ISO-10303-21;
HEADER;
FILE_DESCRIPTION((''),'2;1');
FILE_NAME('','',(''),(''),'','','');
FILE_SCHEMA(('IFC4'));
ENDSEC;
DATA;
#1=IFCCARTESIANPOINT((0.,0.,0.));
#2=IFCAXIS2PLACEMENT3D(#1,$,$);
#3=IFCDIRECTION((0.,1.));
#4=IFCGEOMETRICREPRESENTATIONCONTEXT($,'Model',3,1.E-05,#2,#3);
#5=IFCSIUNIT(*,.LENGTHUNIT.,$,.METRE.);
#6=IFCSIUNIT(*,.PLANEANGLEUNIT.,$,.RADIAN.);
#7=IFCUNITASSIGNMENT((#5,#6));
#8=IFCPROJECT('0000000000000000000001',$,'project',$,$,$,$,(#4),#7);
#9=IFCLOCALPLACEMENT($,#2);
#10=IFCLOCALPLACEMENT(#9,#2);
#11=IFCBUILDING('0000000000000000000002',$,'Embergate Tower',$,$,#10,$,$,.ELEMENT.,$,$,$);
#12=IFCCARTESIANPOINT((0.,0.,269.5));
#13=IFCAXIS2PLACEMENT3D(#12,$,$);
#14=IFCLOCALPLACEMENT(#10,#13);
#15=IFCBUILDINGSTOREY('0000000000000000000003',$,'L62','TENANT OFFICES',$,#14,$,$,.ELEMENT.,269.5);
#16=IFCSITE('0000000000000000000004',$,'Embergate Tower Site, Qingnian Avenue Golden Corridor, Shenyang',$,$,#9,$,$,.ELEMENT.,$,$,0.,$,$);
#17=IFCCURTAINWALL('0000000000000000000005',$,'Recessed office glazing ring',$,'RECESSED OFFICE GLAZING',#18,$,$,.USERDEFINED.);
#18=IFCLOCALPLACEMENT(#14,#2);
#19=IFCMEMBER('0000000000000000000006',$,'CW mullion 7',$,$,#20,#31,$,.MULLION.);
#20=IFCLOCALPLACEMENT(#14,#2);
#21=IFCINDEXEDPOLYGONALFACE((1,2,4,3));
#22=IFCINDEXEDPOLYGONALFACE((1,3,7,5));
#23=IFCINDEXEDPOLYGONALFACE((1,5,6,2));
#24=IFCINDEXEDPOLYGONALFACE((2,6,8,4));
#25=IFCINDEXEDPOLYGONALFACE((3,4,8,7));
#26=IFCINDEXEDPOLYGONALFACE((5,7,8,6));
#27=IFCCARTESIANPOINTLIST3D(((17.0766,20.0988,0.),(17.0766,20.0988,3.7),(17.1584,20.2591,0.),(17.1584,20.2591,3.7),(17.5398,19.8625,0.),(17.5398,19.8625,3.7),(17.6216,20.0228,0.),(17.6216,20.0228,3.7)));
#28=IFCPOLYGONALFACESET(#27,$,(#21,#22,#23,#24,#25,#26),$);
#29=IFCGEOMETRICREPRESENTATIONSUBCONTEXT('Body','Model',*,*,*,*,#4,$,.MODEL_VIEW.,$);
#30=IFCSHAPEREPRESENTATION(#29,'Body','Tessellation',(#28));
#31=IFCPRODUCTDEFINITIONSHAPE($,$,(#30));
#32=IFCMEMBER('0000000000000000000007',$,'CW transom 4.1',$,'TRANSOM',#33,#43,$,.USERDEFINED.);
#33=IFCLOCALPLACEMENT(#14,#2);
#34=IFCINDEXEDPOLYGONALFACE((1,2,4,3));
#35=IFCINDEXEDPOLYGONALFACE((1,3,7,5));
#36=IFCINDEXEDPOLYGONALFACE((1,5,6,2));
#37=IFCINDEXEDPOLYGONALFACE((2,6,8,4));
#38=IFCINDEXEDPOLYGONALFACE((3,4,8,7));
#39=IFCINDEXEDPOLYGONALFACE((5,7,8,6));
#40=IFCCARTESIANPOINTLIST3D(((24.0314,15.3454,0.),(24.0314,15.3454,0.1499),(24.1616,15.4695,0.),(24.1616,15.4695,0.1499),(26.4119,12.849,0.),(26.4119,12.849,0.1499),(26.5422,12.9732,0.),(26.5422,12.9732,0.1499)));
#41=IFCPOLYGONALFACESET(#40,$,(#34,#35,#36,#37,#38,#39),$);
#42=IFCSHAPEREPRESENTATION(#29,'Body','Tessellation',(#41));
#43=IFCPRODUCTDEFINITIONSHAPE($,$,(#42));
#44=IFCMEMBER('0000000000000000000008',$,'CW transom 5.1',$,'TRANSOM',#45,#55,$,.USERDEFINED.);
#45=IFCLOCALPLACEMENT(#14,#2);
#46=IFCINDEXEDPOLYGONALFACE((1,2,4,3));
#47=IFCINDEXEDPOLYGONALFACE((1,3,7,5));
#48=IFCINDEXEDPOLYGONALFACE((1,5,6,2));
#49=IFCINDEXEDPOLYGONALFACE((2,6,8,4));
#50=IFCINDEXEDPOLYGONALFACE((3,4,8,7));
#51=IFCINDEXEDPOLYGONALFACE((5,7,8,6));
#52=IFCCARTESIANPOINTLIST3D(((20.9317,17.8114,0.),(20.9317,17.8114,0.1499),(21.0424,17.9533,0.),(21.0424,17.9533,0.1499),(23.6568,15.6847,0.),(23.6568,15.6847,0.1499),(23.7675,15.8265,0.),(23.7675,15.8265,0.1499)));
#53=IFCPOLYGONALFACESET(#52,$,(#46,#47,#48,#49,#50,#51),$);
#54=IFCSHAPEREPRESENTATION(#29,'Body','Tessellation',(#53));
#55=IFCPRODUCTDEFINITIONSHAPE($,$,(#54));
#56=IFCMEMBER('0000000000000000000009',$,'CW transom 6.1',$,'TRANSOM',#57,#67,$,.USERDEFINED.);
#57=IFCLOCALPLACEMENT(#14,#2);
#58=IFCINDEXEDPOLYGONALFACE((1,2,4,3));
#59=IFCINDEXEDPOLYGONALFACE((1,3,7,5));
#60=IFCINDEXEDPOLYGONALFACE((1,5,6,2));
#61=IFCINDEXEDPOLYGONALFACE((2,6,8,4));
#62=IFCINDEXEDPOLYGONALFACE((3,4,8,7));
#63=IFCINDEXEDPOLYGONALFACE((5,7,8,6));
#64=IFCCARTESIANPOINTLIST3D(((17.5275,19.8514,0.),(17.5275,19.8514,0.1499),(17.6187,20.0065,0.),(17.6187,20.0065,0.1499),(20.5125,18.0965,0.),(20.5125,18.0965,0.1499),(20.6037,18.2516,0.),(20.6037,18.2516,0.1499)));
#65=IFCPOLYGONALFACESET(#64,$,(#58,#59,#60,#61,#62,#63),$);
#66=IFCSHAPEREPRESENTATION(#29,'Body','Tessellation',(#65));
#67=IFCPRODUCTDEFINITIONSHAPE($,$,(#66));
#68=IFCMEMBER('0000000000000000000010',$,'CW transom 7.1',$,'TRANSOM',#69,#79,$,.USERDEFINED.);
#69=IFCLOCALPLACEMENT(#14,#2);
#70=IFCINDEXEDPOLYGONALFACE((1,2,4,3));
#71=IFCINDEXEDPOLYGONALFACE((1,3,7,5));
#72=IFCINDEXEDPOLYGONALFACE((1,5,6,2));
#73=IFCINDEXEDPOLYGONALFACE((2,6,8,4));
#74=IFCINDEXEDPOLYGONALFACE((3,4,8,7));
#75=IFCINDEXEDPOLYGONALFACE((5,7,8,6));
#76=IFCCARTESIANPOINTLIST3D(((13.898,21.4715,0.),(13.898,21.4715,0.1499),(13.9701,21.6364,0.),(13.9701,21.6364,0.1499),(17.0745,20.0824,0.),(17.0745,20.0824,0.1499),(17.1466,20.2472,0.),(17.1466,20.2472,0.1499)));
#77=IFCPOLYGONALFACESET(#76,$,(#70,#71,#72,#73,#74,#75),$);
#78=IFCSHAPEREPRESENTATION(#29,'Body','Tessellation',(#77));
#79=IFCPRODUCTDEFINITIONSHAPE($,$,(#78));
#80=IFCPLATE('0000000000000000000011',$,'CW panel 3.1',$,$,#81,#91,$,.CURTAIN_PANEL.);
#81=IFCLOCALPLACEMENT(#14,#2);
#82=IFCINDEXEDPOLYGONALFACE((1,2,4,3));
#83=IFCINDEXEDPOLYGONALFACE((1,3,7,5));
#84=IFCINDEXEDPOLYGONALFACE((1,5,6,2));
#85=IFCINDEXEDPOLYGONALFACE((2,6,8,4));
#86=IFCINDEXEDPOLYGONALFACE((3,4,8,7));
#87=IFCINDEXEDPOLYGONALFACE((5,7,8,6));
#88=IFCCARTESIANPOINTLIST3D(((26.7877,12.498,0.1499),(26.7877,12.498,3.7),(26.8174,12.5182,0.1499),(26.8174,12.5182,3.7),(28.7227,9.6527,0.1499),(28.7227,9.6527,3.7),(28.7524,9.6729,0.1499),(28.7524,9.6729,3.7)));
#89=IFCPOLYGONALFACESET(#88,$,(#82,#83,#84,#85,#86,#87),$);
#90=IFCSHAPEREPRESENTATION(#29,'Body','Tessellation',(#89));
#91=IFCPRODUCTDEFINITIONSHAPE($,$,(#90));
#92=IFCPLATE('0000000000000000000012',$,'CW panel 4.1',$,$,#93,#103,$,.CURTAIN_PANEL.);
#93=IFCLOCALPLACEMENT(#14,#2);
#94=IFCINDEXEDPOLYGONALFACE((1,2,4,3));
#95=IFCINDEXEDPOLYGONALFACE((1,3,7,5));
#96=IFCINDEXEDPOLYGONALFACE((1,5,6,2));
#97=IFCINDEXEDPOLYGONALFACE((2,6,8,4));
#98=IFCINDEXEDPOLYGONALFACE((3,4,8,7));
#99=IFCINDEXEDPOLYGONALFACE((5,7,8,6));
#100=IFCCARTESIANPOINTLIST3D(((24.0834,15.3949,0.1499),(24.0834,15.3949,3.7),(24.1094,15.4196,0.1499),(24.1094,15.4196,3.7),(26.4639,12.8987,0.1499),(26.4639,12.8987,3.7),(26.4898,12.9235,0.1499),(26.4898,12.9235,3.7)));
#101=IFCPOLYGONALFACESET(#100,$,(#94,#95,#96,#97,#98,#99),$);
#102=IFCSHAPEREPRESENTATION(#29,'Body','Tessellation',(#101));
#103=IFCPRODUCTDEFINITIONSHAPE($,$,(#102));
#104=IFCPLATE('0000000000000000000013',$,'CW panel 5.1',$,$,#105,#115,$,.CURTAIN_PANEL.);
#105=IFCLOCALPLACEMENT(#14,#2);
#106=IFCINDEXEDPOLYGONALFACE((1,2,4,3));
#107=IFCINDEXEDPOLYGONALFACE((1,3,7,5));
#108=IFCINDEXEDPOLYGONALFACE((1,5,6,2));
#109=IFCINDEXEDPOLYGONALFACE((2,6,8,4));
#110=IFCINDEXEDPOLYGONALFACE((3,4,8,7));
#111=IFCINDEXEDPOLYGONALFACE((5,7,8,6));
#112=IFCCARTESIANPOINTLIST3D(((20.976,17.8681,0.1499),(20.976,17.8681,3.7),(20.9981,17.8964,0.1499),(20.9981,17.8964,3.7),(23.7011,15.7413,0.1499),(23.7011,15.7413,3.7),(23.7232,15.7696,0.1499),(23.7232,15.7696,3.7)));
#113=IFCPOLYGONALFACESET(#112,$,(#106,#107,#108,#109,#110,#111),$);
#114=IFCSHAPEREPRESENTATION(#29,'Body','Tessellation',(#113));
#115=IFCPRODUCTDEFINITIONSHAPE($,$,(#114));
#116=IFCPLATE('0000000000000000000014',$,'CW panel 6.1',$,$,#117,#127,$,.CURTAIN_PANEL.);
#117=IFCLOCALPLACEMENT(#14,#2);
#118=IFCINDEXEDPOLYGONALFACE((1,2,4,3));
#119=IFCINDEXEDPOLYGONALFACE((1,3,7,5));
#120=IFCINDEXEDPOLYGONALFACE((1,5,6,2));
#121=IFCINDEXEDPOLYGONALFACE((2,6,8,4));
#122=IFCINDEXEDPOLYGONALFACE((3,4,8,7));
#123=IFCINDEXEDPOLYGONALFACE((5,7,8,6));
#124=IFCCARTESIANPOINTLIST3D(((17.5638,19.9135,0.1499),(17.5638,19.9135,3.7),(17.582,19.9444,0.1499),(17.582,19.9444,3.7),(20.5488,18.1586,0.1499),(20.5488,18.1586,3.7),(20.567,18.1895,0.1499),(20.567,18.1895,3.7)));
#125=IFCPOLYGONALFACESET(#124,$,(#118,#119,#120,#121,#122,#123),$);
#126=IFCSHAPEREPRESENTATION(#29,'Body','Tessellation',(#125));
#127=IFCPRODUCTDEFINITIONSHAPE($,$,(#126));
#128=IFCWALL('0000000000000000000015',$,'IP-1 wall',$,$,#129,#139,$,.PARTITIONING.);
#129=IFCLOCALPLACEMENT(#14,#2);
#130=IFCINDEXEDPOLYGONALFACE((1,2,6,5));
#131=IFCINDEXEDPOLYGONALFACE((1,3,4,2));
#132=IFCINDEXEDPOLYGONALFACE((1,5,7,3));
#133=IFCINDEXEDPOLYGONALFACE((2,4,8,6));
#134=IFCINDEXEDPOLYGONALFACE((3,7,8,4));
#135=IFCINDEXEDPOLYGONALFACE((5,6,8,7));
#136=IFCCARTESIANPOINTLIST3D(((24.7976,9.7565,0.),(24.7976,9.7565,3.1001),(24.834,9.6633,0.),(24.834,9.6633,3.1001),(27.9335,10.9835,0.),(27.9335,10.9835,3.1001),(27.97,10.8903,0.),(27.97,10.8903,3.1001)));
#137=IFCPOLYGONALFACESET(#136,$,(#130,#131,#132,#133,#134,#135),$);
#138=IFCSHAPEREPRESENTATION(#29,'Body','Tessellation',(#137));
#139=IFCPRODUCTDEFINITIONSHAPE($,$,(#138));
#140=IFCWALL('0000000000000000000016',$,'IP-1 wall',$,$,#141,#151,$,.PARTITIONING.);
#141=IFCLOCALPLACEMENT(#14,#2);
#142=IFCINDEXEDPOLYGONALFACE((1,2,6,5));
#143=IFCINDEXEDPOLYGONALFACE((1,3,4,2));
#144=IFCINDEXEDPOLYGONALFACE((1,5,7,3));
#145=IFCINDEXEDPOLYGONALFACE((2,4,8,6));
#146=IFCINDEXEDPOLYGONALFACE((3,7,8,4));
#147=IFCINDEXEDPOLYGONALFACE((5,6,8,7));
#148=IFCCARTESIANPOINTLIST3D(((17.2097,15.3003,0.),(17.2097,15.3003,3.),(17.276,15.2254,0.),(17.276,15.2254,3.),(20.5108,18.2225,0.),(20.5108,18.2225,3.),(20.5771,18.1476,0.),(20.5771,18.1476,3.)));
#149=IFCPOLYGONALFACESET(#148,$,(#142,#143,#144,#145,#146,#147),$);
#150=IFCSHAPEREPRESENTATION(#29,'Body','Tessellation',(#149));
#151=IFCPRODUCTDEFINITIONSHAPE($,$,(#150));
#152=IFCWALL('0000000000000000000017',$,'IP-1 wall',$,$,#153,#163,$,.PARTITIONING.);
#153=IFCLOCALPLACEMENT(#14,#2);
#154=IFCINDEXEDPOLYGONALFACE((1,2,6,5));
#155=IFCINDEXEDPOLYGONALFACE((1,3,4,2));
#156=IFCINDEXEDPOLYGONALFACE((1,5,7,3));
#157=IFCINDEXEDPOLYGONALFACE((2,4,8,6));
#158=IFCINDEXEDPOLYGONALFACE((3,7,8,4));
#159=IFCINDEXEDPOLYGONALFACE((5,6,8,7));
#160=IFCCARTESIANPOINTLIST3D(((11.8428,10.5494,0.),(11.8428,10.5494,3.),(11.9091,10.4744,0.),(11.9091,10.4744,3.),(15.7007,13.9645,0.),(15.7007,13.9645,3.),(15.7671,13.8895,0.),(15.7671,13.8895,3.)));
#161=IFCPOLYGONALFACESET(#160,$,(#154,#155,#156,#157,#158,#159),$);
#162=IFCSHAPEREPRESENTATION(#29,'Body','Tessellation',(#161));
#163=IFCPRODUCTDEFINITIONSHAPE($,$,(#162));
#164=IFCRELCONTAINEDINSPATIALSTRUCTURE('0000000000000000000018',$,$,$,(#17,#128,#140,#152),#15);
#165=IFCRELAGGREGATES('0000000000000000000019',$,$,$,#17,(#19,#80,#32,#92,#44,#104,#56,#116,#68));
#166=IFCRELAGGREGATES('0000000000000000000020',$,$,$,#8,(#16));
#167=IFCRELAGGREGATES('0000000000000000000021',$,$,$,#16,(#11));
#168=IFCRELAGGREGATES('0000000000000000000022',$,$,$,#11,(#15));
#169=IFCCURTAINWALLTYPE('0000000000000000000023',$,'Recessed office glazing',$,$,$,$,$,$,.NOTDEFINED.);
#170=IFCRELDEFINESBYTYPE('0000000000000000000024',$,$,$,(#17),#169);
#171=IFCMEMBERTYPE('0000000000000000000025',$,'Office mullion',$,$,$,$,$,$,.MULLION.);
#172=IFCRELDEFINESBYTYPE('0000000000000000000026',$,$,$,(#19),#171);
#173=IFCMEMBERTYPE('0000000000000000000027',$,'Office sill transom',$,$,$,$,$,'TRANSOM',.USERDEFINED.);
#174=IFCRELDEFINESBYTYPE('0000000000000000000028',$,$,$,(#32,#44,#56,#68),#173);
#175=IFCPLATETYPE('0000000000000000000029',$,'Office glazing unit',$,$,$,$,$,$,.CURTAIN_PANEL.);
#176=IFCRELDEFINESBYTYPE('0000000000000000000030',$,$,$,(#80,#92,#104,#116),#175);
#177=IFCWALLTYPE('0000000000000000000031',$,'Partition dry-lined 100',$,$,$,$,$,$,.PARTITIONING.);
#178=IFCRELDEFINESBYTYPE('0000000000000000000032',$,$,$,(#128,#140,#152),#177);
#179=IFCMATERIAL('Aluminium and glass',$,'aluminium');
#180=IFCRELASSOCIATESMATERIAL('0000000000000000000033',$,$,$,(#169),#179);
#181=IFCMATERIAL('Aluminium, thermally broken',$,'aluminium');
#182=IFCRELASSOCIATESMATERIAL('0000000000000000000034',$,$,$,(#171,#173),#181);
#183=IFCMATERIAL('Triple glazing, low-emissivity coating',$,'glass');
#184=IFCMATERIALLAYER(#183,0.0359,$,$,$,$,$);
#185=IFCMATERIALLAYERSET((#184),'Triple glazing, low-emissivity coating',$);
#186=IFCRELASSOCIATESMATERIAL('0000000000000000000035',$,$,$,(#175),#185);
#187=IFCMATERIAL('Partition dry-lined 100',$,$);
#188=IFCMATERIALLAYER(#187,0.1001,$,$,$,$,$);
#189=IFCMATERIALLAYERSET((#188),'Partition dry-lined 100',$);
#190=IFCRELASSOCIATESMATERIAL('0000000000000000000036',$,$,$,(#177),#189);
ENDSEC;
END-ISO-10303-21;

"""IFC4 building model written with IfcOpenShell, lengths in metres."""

from ifc_helpers import new_model, si_unit, direction, frame, frame_2d, origin, origin_2d, place, context, subcontext, project, spatial, rectangle, extrude, source, transform, mapped, material, layer, layer_set, material_profile, profile_set, type_object, element, aggregate, save


model = new_model("IFC4")

# Units and contexts
model_context = context("Model", 3, precision=1e-05, world=origin(), true_north=direction((0.0, 1.0)))
body_context = subcontext(model_context, "Body", "Model", "MODEL_VIEW")
ifc_project = project(units=[si_unit("LENGTHUNIT", "METRE"), si_unit("PLANEANGLEUNIT", "RADIAN")], contexts=[model_context])

# Site, building, storey
site_placement = place(None, origin())
site = spatial("IfcSite", under=ifc_project, at=site_placement, Name="Embergate Tower Site, Qingnian Avenue Golden Corridor, Shenyang", CompositionType="ELEMENT", RefElevation=0.0)
building_placement = place(site_placement, origin())
building = spatial("IfcBuilding", under=site, at=building_placement, Name="Embergate Tower", CompositionType="ELEMENT")
storey_placement = place(building_placement, frame((0.0, 0.0, 269.5)))
storey = spatial("IfcBuildingStorey", under=building, at=storey_placement, Name="L62", Description="TENANT OFFICES", CompositionType="ELEMENT", Elevation=269.5)

# Curtain wall, members, plates
ifc_material_1 = material(Name="Aluminium and glass", Category="aluminium")
curtain_wall_type = type_object("IfcCurtainWallType", Name="Recessed office glazing", PredefinedType="NOTDEFINED", material=ifc_material_1)
curtain_wall_placement = place(storey_placement, origin())
curtain_wall = element("IfcCurtainWall", 1, at=curtain_wall_placement, inside=storey, type_object=curtain_wall_type, Name="Recessed office glazing ring", ObjectType="RECESSED OFFICE GLAZING", PredefinedType="USERDEFINED")
ifc_material_2 = material(Name="Aluminium, thermally broken", Category="aluminium")
ifc_material_profile_1 = material_profile(ifc_material_2, rectangle(XDim=0.1799, YDim=0.52, at=origin_2d()), Name="AL 520x180")
ifc_profile_set_1 = profile_set([ifc_material_profile_1], Name="Aluminium, thermally broken")
member_type_1 = type_object("IfcMemberType", Name="Office mullion", PredefinedType="MULLION", material=ifc_profile_set_1)
shared_shape_1 = source(origin(), body_context, "Body", "SweptSolid", [
    extrude(rectangle(XDim=0.1799, YDim=0.52, at=origin_2d()), origin(), (0.0, 0.0, 1.0), 3.7),
])
member_1_placement = place(storey_placement, frame((17.3491, 20.0608, 0.0), z_axis=(0.0, 0.0, 1.0), x_axis=(-0.454504, -0.890745, 0.0)))
member_1 = element("IfcMember", 2, at=member_1_placement, type_object=member_type_1, Name="CW mullion 7", PredefinedType="MULLION", context=body_context, shape_type="MappedRepresentation", body=[
    mapped(shared_shape_1, transform((0.0, 0.0, 0.0))),
])
ifc_material_profile_2 = material_profile(ifc_material_2, rectangle(XDim=0.1799, YDim=0.1499, at=origin_2d()), Name="AL 150x180")
ifc_profile_set_2 = profile_set([ifc_material_profile_2], Name="Aluminium, thermally broken")
member_type_2 = type_object("IfcMemberType", Name="Office sill transom", ElementType="TRANSOM", PredefinedType="USERDEFINED", material=ifc_profile_set_2)
shared_shape_2 = source(origin(), body_context, "Body", "SweptSolid", [
    extrude(rectangle(XDim=0.1799, YDim=0.1499, at=origin_2d()), origin(), (0.0, 0.0, 1.0), 3.4495),
])
member_2_placement = place(storey_placement, frame((26.4771, 12.9111, 0.075), z_axis=(-0.690134, 0.723682, 0.0), x_axis=(-0.723682, -0.690134, 0.0)))
member_2 = element("IfcMember", 3, at=member_2_placement, type_object=member_type_2, Name="CW transom 4.1", ObjectType="TRANSOM", PredefinedType="USERDEFINED", context=body_context, shape_type="MappedRepresentation", body=[
    mapped(shared_shape_2, transform((0.0, 0.0, 0.0))),
])
shared_shape_3 = source(origin(), body_context, "Body", "SweptSolid", [
    extrude(rectangle(XDim=0.1799, YDim=0.1499, at=origin_2d()), origin(), (0.0, 0.0, 1.0), 3.4568),
])
member_3_placement = place(storey_placement, frame((23.7122, 15.7556, 0.075), z_axis=(-0.788343, 0.615236, 0.0), x_axis=(-0.615236, -0.788343, 0.0)))
member_3 = element("IfcMember", 4, at=member_3_placement, type_object=member_type_2, Name="CW transom 5.1", ObjectType="TRANSOM", PredefinedType="USERDEFINED", context=body_context, shape_type="MappedRepresentation", body=[
    mapped(shared_shape_3, transform((0.0, 0.0, 0.0))),
])
shared_shape_4 = source(origin(), body_context, "Body", "SweptSolid", [
    extrude(rectangle(XDim=0.1799, YDim=0.1499, at=origin_2d()), origin(), (0.0, 0.0, 1.0), 3.4626),
])
member_4_placement = place(storey_placement, frame((20.5581, 18.1741, 0.075), z_axis=(-0.862068, 0.506792, 0.0), x_axis=(-0.506792, -0.862068, 0.0)))
member_4 = element("IfcMember", 5, at=member_4_placement, type_object=member_type_2, Name="CW transom 6.1", ObjectType="TRANSOM", PredefinedType="USERDEFINED", context=body_context, shape_type="MappedRepresentation", body=[
    mapped(shared_shape_4, transform((0.0, 0.0, 0.0))),
])
shared_shape_5 = source(origin(), body_context, "Body", "SweptSolid", [
    extrude(rectangle(XDim=0.1799, YDim=0.1499, at=origin_2d()), origin(), (0.0, 0.0, 1.0), 3.467),
])
member_5_placement = place(storey_placement, frame((17.1106, 20.1648, 0.075), z_axis=(-0.916217, 0.400682, 0.0), x_axis=(-0.400682, -0.916217, 0.0)))
member_5 = element("IfcMember", 6, at=member_5_placement, type_object=member_type_2, Name="CW transom 7.1", ObjectType="TRANSOM", PredefinedType="USERDEFINED", context=body_context, shape_type="MappedRepresentation", body=[
    mapped(shared_shape_5, transform((0.0, 0.0, 0.0))),
])
ifc_material_3 = material(Name="Triple glazing, low-emissivity coating", Category="glass")
ifc_layer_1 = layer(ifc_material_3, 0.0359)
ifc_layer_set_1 = layer_set([ifc_layer_1], Name="Triple glazing, low-emissivity coating")
plate_type = type_object("IfcPlateType", Name="Office glazing unit", PredefinedType="CURTAIN_PANEL", material=ifc_layer_set_1)
shared_shape_6 = source(origin(), body_context, "Body", "SweptSolid", [
    extrude(rectangle(XDim=3.4409, YDim=0.0359, at=origin_2d()), origin(), (0.0, 0.0, 1.0), 3.55),
])
plate_1_placement = place(storey_placement, frame((27.77, 11.0854, 0.1499), z_axis=(0.0, 0.0, 1.0), x_axis=(-0.562349, 0.8269, 0.0)))
plate_1 = element("IfcPlate", 7, at=plate_1_placement, type_object=plate_type, Name="CW panel 3.1", PredefinedType="CURTAIN_PANEL", context=body_context, shape_type="MappedRepresentation", body=[
    mapped(shared_shape_6, transform((0.0, 0.0, 0.0))),
])
shared_shape_7 = source(origin(), body_context, "Body", "SweptSolid", [
    extrude(rectangle(XDim=3.4492, YDim=0.0359, at=origin_2d()), origin(), (0.0, 0.0, 1.0), 3.55),
])
plate_2_placement = place(storey_placement, frame((25.2866, 14.1592, 0.1499), z_axis=(0.0, 0.0, 1.0), x_axis=(-0.690139, 0.723677, 0.0)))
plate_2 = element("IfcPlate", 8, at=plate_2_placement, type_object=plate_type, Name="CW panel 4.1", PredefinedType="CURTAIN_PANEL", context=body_context, shape_type="MappedRepresentation", body=[
    mapped(shared_shape_7, transform((0.0, 0.0, 0.0))),
])
shared_shape_8 = source(origin(), body_context, "Body", "SweptSolid", [
    extrude(rectangle(XDim=3.4568, YDim=0.0359, at=origin_2d()), origin(), (0.0, 0.0, 1.0), 3.55),
])
plate_3_placement = place(storey_placement, frame((22.3496, 16.8188, 0.1499), z_axis=(0.0, 0.0, 1.0), x_axis=(-0.788323, 0.615261, 0.0)))
plate_3 = element("IfcPlate", 9, at=plate_3_placement, type_object=plate_type, Name="CW panel 5.1", PredefinedType="CURTAIN_PANEL", context=body_context, shape_type="MappedRepresentation", body=[
    mapped(shared_shape_8, transform((0.0, 0.0, 0.0))),
])
shared_shape_9 = source(origin(), body_context, "Body", "SweptSolid", [
    extrude(rectangle(XDim=3.4626, YDim=0.0359, at=origin_2d()), origin(), (0.0, 0.0, 1.0), 3.55),
])
plate_4_placement = place(storey_placement, frame((19.0654, 19.0515, 0.1499), z_axis=(0.0, 0.0, 1.0), x_axis=(-0.862055, 0.506815, 0.0)))
plate_4 = element("IfcPlate", 10, at=plate_4_placement, type_object=plate_type, Name="CW panel 6.1", PredefinedType="CURTAIN_PANEL", context=body_context, shape_type="MappedRepresentation", body=[
    mapped(shared_shape_9, transform((0.0, 0.0, 0.0))),
])
aggregate(curtain_wall, [member_1, plate_1, member_2, plate_2, member_3, plate_3, member_4, plate_4, member_5])

# Walls
ifc_material_4 = material(Name="Partition dry-lined 100")
ifc_layer_2 = layer(ifc_material_4, 0.1001)
ifc_layer_set_2 = layer_set([ifc_layer_2], Name="Partition dry-lined 100")
wall_type = type_object("IfcWallType", Name="Partition dry-lined 100", PredefinedType="PARTITIONING", material=ifc_layer_set_2)
shared_shape_10 = source(origin(), body_context, "Body", "SweptSolid", [
    extrude(rectangle(XDim=3.3674, YDim=0.1001, at=frame_2d((1.6836, 0.0))), origin(), (0.0, 0.0, 1.0), 3.1001),
])
wall_1_placement = place(storey_placement, frame((24.8159, 9.71, 0.0), z_axis=(0.0, 0.0, 1.0), x_axis=(0.93125, 0.36438, 0.0)))
element("IfcWall", 11, at=wall_1_placement, inside=storey, type_object=wall_type, Name="IP-1 wall", PredefinedType="PARTITIONING", context=body_context, shape_type="MappedRepresentation", body=[
    mapped(shared_shape_10, transform((0.0, 0.0, 0.0))),
])
shared_shape_11 = source(origin(), body_context, "Body", "SweptSolid", [
    extrude(rectangle(XDim=4.4087, YDim=0.1001, at=frame_2d((2.2043, 0.0))), origin(), (0.0, 0.0, 1.0), 3.0),
])
wall_2_placement = place(storey_placement, frame((20.5439, 18.1851, 0.0), z_axis=(0.0, 0.0, 1.0), x_axis=(-0.748773, -0.662826, 0.0)))
element("IfcWall", 12, at=wall_2_placement, inside=storey, type_object=wall_type, Name="IP-1 wall", PredefinedType="PARTITIONING", context=body_context, shape_type="MappedRepresentation", body=[
    mapped(shared_shape_11, transform((0.0, 0.0, 0.0))),
])
shared_shape_12 = source(origin(), body_context, "Body", "SweptSolid", [
    extrude(rectangle(XDim=5.1523, YDim=0.1001, at=frame_2d((2.5762, 0.0))), origin(), (0.0, 0.0, 1.0), 3.0),
])
wall_3_placement = place(storey_placement, frame((15.7339, 13.927, 0.0), z_axis=(0.0, 0.0, 1.0), x_axis=(-0.748778, -0.662821, 0.0)))
element("IfcWall", 13, at=wall_3_placement, inside=storey, type_object=wall_type, Name="IP-1 wall", PredefinedType="PARTITIONING", context=body_context, shape_type="MappedRepresentation", body=[
    mapped(shared_shape_12, transform((0.0, 0.0, 0.0))),
])

save(model, "model.ifc")
